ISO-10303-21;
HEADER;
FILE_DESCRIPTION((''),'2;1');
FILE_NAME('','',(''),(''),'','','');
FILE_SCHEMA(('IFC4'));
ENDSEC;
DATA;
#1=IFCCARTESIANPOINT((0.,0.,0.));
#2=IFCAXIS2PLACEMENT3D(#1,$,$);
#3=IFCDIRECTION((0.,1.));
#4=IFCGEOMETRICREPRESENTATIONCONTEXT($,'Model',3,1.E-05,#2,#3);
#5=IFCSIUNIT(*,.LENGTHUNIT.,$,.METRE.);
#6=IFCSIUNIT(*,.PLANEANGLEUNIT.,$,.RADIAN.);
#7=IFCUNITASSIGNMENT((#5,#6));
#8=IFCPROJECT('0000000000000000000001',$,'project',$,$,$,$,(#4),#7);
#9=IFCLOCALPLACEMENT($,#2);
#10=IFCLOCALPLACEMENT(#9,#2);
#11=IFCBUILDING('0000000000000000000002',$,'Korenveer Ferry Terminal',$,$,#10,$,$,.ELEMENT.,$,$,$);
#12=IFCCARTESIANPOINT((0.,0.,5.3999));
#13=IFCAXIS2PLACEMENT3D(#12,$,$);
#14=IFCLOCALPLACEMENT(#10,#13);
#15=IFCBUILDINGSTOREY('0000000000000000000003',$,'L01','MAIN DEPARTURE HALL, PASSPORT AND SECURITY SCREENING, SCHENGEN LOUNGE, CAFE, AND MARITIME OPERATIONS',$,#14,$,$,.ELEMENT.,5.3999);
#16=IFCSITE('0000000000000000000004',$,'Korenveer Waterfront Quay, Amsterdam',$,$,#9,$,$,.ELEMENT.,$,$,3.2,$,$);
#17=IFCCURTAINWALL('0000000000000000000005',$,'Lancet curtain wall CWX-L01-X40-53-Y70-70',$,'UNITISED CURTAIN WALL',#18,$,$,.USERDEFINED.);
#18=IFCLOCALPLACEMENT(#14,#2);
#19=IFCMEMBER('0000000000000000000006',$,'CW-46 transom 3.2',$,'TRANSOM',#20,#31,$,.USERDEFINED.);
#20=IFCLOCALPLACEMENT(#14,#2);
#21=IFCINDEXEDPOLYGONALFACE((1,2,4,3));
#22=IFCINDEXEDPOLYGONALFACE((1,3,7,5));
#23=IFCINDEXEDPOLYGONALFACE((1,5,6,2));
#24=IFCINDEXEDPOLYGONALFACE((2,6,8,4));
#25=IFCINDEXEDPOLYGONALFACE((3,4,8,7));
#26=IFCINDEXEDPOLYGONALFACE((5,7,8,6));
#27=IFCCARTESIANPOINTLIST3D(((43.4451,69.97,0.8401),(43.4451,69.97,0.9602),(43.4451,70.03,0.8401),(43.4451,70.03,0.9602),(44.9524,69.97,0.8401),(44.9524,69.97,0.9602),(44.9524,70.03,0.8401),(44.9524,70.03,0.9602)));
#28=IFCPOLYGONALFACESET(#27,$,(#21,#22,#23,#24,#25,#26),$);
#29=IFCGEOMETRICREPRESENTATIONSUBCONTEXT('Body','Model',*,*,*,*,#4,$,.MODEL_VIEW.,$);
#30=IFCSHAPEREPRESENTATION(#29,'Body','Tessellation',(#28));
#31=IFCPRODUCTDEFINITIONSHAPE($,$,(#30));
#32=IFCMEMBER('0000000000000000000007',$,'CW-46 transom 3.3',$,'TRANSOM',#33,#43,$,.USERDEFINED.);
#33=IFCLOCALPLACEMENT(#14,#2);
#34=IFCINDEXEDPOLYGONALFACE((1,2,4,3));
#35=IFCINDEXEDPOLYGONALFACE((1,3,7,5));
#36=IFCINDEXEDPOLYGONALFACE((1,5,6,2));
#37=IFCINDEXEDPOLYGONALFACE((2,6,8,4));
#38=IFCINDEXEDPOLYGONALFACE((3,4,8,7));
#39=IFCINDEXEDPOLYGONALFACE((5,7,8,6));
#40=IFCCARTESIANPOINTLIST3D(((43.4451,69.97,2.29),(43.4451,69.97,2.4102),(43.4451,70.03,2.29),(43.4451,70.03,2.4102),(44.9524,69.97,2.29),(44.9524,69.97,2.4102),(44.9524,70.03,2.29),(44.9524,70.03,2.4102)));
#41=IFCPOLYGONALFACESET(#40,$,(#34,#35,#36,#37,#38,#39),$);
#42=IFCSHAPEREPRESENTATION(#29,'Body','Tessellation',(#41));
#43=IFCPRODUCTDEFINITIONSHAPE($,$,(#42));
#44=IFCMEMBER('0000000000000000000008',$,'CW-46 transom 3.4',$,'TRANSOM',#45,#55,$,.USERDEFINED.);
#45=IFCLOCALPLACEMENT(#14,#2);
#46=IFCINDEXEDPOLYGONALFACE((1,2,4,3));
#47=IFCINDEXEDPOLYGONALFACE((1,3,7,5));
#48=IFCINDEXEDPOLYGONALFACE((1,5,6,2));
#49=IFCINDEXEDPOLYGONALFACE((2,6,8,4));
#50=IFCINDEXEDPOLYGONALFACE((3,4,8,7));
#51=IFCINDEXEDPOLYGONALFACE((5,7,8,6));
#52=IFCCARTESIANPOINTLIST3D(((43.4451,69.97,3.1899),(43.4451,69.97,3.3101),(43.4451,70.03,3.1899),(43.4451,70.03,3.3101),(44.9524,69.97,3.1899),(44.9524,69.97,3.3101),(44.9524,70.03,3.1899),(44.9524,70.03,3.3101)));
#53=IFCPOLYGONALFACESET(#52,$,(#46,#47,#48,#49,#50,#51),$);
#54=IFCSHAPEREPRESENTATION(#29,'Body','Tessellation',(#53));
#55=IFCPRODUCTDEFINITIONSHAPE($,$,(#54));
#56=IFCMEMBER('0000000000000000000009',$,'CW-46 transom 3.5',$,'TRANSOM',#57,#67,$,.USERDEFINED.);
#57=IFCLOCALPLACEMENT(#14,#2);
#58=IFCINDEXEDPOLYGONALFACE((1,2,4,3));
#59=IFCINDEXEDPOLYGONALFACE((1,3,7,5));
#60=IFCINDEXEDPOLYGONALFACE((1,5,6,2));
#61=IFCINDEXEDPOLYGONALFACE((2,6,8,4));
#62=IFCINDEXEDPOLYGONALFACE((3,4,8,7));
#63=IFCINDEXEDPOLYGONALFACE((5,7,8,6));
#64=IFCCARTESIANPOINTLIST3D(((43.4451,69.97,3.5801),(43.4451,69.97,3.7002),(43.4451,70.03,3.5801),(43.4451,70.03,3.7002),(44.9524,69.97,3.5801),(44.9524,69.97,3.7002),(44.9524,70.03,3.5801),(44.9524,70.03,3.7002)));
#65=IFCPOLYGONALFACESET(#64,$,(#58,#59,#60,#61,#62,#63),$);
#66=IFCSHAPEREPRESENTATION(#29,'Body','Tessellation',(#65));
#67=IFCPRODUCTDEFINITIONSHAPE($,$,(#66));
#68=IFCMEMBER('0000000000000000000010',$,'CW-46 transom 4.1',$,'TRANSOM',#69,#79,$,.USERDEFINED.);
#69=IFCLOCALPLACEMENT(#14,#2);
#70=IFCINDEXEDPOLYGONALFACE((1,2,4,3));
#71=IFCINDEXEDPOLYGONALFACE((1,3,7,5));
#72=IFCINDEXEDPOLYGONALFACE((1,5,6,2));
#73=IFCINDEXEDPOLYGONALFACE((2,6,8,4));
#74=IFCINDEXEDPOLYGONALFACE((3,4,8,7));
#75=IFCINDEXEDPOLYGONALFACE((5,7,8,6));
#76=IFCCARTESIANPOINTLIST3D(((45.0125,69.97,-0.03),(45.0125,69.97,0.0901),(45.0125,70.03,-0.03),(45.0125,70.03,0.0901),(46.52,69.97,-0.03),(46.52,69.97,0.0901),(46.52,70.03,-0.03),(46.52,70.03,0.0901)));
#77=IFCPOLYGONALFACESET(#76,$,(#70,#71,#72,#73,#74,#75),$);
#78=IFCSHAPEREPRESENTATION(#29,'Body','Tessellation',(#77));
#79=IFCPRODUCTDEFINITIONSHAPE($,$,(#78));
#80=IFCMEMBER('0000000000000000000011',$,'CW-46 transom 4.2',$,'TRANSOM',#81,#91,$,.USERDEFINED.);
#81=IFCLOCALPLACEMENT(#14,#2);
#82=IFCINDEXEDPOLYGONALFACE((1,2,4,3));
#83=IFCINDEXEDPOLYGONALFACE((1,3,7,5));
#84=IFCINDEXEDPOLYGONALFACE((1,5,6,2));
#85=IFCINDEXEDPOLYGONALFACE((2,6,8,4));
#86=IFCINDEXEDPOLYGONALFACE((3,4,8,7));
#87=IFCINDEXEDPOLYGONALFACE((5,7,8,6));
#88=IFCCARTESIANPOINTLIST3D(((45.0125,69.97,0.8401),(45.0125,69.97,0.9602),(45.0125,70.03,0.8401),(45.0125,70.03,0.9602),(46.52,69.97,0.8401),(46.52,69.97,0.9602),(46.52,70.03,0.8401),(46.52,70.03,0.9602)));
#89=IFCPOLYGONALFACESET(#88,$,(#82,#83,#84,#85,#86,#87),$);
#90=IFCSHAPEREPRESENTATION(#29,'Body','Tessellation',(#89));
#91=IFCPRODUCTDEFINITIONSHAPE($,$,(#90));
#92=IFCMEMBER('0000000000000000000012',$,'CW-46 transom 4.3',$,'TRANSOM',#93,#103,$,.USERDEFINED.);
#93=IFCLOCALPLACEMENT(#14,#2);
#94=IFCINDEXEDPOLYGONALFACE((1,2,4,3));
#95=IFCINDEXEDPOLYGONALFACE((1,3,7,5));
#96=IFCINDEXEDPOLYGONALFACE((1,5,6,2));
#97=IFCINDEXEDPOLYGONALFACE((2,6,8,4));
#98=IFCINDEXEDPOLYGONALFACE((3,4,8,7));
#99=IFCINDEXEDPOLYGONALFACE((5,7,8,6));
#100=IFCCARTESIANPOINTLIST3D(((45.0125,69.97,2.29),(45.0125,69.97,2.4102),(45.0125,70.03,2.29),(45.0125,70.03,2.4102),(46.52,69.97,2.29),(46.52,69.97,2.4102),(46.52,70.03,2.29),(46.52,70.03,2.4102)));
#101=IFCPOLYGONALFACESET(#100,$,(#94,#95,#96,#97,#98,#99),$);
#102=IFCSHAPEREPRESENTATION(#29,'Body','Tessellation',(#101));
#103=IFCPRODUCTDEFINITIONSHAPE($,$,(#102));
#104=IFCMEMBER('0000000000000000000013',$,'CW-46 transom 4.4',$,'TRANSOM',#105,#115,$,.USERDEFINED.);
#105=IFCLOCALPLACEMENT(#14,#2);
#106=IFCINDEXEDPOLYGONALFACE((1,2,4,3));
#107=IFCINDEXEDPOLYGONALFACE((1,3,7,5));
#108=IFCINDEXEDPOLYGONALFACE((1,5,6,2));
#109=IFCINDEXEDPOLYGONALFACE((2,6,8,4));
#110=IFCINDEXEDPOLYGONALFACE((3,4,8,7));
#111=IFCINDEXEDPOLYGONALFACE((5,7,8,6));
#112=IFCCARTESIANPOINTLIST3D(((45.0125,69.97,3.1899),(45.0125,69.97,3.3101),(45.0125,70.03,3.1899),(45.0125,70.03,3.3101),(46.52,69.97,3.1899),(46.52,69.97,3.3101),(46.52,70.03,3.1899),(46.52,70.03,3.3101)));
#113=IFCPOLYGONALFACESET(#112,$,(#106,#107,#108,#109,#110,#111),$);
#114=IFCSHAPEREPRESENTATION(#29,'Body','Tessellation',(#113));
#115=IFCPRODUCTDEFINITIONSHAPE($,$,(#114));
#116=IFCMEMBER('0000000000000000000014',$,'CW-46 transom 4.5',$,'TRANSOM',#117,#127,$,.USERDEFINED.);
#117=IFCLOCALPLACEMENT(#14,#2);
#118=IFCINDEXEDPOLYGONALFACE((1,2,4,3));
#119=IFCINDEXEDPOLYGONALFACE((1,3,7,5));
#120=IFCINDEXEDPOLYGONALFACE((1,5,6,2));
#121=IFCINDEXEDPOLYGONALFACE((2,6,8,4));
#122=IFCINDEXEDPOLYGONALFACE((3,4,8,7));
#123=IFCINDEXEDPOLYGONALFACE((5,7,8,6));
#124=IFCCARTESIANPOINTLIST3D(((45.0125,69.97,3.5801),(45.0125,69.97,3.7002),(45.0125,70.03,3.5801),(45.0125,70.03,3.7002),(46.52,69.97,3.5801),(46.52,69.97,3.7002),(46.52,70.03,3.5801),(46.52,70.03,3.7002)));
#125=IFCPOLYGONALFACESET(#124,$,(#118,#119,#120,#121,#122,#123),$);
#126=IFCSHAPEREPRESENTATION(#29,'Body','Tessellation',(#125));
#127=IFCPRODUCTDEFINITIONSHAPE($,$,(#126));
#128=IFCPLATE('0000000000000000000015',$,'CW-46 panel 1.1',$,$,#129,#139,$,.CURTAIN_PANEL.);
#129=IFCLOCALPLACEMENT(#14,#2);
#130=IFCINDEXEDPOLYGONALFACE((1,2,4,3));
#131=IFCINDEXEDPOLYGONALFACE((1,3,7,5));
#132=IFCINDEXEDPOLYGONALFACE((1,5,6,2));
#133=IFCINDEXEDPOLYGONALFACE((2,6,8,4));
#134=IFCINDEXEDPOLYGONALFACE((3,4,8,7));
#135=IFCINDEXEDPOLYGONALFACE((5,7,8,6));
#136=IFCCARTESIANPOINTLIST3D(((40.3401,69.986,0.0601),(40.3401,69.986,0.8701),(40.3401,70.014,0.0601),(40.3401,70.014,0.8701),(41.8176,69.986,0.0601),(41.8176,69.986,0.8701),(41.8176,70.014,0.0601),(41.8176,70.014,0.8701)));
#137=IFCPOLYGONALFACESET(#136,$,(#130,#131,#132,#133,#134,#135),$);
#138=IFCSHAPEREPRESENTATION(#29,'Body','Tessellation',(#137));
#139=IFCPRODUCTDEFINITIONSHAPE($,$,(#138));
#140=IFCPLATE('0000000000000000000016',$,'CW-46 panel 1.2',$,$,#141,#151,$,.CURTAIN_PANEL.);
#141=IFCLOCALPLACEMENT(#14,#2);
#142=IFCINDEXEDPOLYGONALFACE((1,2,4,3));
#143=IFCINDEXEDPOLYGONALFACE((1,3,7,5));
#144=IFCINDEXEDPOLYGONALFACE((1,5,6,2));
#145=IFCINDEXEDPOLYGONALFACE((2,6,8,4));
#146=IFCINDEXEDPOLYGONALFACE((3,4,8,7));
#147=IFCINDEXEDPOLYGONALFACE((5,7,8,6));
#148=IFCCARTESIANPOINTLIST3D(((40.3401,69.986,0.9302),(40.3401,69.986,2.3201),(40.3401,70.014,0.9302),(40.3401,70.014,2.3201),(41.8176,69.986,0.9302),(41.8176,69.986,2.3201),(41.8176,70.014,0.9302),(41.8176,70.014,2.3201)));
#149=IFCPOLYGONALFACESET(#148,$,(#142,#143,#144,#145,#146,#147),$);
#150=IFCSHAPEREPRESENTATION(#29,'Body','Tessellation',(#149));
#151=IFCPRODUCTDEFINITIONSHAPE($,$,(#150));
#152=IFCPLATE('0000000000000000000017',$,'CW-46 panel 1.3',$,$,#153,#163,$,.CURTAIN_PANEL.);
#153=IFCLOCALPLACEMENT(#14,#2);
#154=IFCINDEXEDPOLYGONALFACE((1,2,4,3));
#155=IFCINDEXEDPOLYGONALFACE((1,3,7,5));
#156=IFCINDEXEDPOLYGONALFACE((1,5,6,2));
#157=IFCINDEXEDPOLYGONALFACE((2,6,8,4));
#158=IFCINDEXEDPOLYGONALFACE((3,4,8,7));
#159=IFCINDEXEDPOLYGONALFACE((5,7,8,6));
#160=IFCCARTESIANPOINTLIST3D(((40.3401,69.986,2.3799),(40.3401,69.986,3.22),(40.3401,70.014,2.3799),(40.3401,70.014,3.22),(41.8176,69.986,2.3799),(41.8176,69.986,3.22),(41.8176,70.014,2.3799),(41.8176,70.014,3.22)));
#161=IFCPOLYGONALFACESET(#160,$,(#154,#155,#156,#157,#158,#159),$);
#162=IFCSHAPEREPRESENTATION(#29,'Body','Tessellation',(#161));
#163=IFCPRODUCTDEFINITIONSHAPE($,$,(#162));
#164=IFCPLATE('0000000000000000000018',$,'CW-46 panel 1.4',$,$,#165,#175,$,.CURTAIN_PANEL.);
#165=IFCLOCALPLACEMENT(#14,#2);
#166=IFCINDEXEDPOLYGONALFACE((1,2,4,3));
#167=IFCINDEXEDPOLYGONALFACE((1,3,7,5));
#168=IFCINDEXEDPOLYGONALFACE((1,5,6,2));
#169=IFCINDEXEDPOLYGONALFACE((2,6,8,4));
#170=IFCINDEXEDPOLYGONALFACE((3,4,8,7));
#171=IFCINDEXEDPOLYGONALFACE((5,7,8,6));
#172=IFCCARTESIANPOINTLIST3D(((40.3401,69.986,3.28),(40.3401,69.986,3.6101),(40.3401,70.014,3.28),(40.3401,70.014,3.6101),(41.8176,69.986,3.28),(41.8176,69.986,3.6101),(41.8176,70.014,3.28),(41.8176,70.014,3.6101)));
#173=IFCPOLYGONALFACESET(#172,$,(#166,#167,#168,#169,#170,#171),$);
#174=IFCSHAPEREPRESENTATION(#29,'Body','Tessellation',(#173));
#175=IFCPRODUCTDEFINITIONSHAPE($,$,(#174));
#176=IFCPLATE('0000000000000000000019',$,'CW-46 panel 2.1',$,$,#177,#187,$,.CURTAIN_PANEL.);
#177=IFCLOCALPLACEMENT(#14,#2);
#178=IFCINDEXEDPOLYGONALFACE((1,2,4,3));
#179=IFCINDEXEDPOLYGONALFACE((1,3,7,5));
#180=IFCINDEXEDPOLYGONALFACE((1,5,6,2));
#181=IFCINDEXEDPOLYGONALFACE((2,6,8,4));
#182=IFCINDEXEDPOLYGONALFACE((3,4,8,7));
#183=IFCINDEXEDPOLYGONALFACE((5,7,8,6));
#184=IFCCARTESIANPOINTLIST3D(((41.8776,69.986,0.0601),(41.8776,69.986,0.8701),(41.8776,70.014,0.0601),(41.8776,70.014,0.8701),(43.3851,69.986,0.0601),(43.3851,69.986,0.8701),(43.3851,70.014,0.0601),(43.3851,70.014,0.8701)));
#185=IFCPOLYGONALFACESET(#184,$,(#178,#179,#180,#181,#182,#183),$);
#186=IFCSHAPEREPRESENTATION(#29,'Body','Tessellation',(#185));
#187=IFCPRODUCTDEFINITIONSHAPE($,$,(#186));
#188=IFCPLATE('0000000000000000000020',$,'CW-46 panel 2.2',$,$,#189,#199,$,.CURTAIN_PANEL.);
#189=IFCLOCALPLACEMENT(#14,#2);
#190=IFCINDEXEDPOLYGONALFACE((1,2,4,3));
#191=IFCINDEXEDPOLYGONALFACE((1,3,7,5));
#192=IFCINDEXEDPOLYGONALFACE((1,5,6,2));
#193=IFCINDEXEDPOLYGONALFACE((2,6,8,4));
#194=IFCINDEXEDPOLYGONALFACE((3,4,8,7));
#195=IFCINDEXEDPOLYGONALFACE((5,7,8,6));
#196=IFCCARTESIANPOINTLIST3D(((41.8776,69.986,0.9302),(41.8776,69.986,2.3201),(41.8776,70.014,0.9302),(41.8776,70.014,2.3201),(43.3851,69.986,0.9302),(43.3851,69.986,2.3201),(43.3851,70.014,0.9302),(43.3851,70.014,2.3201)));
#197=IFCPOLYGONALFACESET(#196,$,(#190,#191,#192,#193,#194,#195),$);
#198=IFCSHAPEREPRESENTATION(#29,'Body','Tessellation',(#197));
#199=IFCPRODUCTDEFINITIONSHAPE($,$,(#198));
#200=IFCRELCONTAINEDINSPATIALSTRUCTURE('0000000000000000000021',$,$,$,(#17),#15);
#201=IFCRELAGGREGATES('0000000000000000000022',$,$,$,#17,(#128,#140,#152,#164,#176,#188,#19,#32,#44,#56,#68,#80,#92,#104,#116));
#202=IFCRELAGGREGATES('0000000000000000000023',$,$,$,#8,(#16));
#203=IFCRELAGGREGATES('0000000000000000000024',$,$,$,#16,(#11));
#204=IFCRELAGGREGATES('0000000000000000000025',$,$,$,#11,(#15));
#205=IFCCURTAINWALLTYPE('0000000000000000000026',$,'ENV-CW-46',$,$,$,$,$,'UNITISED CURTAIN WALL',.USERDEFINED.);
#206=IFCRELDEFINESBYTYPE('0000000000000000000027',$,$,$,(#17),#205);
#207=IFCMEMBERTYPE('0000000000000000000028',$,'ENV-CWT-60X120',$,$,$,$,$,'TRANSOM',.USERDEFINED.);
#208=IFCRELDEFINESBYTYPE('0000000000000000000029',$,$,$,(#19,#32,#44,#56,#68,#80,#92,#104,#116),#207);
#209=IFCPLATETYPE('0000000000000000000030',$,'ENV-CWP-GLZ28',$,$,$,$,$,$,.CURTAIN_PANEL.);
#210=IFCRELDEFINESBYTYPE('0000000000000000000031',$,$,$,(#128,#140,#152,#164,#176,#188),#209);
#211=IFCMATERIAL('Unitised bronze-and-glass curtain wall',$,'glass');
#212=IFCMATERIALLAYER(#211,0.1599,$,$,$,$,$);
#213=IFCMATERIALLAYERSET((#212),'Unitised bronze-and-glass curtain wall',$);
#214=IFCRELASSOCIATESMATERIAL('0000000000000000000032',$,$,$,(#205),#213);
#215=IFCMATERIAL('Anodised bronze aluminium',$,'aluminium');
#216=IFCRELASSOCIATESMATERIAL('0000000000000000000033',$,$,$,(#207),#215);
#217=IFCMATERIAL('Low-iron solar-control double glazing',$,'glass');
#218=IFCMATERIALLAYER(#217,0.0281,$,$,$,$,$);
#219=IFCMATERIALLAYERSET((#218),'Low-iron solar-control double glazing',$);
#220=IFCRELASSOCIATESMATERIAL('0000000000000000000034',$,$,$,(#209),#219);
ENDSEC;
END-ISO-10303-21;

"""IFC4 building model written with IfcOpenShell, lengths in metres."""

from ifc_helpers import new_model, si_unit, direction, frame, origin, origin_2d, place, context, subcontext, project, spatial, rectangle, extrude, material, layer, layer_set, material_profile, profile_set, type_object, element, aggregate, save


model = new_model("IFC4")

# Units and contexts
model_context = context("Model", 3, precision=1e-05, world=origin(), true_north=direction((0.0, 1.0)))
body_context = subcontext(model_context, "Body", "Model", "MODEL_VIEW")
ifc_project = project(units=[si_unit("LENGTHUNIT", "METRE"), si_unit("PLANEANGLEUNIT", "RADIAN")], contexts=[model_context])

# Site, building, storey
site_placement = place(None, origin())
site = spatial("IfcSite", under=ifc_project, at=site_placement, Name="Korenveer Waterfront Quay, Amsterdam", CompositionType="ELEMENT", RefElevation=3.2)
building_placement = place(site_placement, origin())
building = spatial("IfcBuilding", under=site, at=building_placement, Name="Korenveer Ferry Terminal", CompositionType="ELEMENT")
storey_placement = place(building_placement, frame((0.0, 0.0, 5.3999)))
storey = spatial("IfcBuildingStorey", under=building, at=storey_placement, Name="L01", Description="MAIN DEPARTURE HALL, PASSPORT AND SECURITY SCREENING, SCHENGEN LOUNGE, CAFE, AND MARITIME OPERATIONS", CompositionType="ELEMENT", Elevation=5.3999)

# Curtain wall, members, plates
ifc_material_1 = material(Name="Unitised bronze-and-glass curtain wall", Category="glass")
ifc_layer_1 = layer(ifc_material_1, 0.1599)
ifc_layer_set_1 = layer_set([ifc_layer_1], Name="Unitised bronze-and-glass curtain wall")
curtain_wall_type = type_object("IfcCurtainWallType", Name="ENV-CW-46", ElementType="UNITISED CURTAIN WALL", PredefinedType="USERDEFINED", material=ifc_layer_set_1)
curtain_wall_placement = place(storey_placement, frame((40.28, 70.0, 0.0)))
curtain_wall = element("IfcCurtainWall", 1, at=curtain_wall_placement, inside=storey, type_object=curtain_wall_type, Name="Lancet curtain wall CWX-L01-X40-53-Y70-70", ObjectType="UNITISED CURTAIN WALL", PredefinedType="USERDEFINED")
ifc_material_2 = material(Name="Anodised bronze aluminium", Category="aluminium")
ifc_material_profile_1 = material_profile(ifc_material_2, rectangle(XDim=0.0601, YDim=0.1201, at=origin_2d()), Name="ALU 60x120")
ifc_profile_set_1 = profile_set([ifc_material_profile_1], Name="Anodised bronze aluminium")
member_type_1 = type_object("IfcMemberType", Name="ENV-CWT-60X120", ElementType="TRANSOM", PredefinedType="USERDEFINED", material=ifc_profile_set_1)
member_1_placement = place(storey_placement, frame((43.4451, 70.0, 0.9001), z_axis=(1.0, 0.0, 0.0), x_axis=(0.0, 1.0, 0.0)))
member_1 = element("IfcMember", 2, at=member_1_placement, type_object=member_type_1, Name="CW-46 transom 3.2", ObjectType="TRANSOM", PredefinedType="USERDEFINED", context=body_context, shape_type="SweptSolid", body=[
    extrude(rectangle(XDim=0.0601, YDim=0.1201, at=origin_2d()), origin(), (0.0, 0.0, 1.0), 1.5073),
])
member_2_placement = place(storey_placement, frame((43.4451, 70.0, 2.3501), z_axis=(1.0, 0.0, 0.0), x_axis=(0.0, 1.0, 0.0)))
member_2 = element("IfcMember", 3, at=member_2_placement, type_object=member_type_1, Name="CW-46 transom 3.3", ObjectType="TRANSOM", PredefinedType="USERDEFINED", context=body_context, shape_type="SweptSolid", body=[
    extrude(rectangle(XDim=0.0601, YDim=0.1201, at=origin_2d()), origin(), (0.0, 0.0, 1.0), 1.5073),
])
member_3_placement = place(storey_placement, frame((43.4451, 70.0, 3.25), z_axis=(1.0, 0.0, 0.0), x_axis=(0.0, 1.0, 0.0)))
member_3 = element("IfcMember", 4, at=member_3_placement, type_object=member_type_1, Name="CW-46 transom 3.4", ObjectType="TRANSOM", PredefinedType="USERDEFINED", context=body_context, shape_type="SweptSolid", body=[
    extrude(rectangle(XDim=0.0601, YDim=0.1201, at=origin_2d()), origin(), (0.0, 0.0, 1.0), 1.5073),
])
member_4_placement = place(storey_placement, frame((43.4451, 70.0, 3.6401), z_axis=(1.0, 0.0, 0.0), x_axis=(0.0, 1.0, 0.0)))
member_4 = element("IfcMember", 5, at=member_4_placement, type_object=member_type_1, Name="CW-46 transom 3.5", ObjectType="TRANSOM", PredefinedType="USERDEFINED", context=body_context, shape_type="SweptSolid", body=[
    extrude(rectangle(XDim=0.0601, YDim=0.1201, at=origin_2d()), origin(), (0.0, 0.0, 1.0), 1.5073),
])
member_5_placement = place(storey_placement, frame((45.0125, 70.0, 0.03), z_axis=(1.0, 0.0, 0.0), x_axis=(0.0, 1.0, 0.0)))
member_5 = element("IfcMember", 6, at=member_5_placement, type_object=member_type_1, Name="CW-46 transom 4.1", ObjectType="TRANSOM", PredefinedType="USERDEFINED", context=body_context, shape_type="SweptSolid", body=[
    extrude(rectangle(XDim=0.0601, YDim=0.1201, at=origin_2d()), origin(), (0.0, 0.0, 1.0), 1.5076),
])
member_6_placement = place(storey_placement, frame((45.0125, 70.0, 0.9001), z_axis=(1.0, 0.0, 0.0), x_axis=(0.0, 1.0, 0.0)))
member_6 = element("IfcMember", 7, at=member_6_placement, type_object=member_type_1, Name="CW-46 transom 4.2", ObjectType="TRANSOM", PredefinedType="USERDEFINED", context=body_context, shape_type="SweptSolid", body=[
    extrude(rectangle(XDim=0.0601, YDim=0.1201, at=origin_2d()), origin(), (0.0, 0.0, 1.0), 1.5076),
])
member_7_placement = place(storey_placement, frame((45.0125, 70.0, 2.3501), z_axis=(1.0, 0.0, 0.0), x_axis=(0.0, 1.0, 0.0)))
member_7 = element("IfcMember", 8, at=member_7_placement, type_object=member_type_1, Name="CW-46 transom 4.3", ObjectType="TRANSOM", PredefinedType="USERDEFINED", context=body_context, shape_type="SweptSolid", body=[
    extrude(rectangle(XDim=0.0601, YDim=0.1201, at=origin_2d()), origin(), (0.0, 0.0, 1.0), 1.5076),
])
member_8_placement = place(storey_placement, frame((45.0125, 70.0, 3.25), z_axis=(1.0, 0.0, 0.0), x_axis=(0.0, 1.0, 0.0)))
member_8 = element("IfcMember", 9, at=member_8_placement, type_object=member_type_1, Name="CW-46 transom 4.4", ObjectType="TRANSOM", PredefinedType="USERDEFINED", context=body_context, shape_type="SweptSolid", body=[
    extrude(rectangle(XDim=0.0601, YDim=0.1201, at=origin_2d()), origin(), (0.0, 0.0, 1.0), 1.5076),
])
member_9_placement = place(storey_placement, frame((45.0125, 70.0, 3.6401), z_axis=(1.0, 0.0, 0.0), x_axis=(0.0, 1.0, 0.0)))
member_9 = element("IfcMember", 10, at=member_9_placement, type_object=member_type_1, Name="CW-46 transom 4.5", ObjectType="TRANSOM", PredefinedType="USERDEFINED", context=body_context, shape_type="SweptSolid", body=[
    extrude(rectangle(XDim=0.0601, YDim=0.1201, at=origin_2d()), origin(), (0.0, 0.0, 1.0), 1.5076),
])
ifc_material_3 = material(Name="Low-iron solar-control double glazing", Category="glass")
ifc_layer_2 = layer(ifc_material_3, 0.0281)
ifc_layer_set_2 = layer_set([ifc_layer_2], Name="Low-iron solar-control double glazing")
plate_type = type_object("IfcPlateType", Name="ENV-CWP-GLZ28", PredefinedType="CURTAIN_PANEL", material=ifc_layer_set_2)
plate_1_placement = place(storey_placement, frame((41.0789, 70.0, 0.0601), z_axis=(0.0, 0.0, 1.0), x_axis=(1.0, 0.0, 0.0)))
plate_1 = element("IfcPlate", 11, at=plate_1_placement, type_object=plate_type, Name="CW-46 panel 1.1", PredefinedType="CURTAIN_PANEL", context=body_context, shape_type="SweptSolid", body=[
    extrude(rectangle(XDim=1.4775, YDim=0.0281, at=origin_2d()), origin(), (0.0, 0.0, 1.0), 0.8101),
])
plate_2_placement = place(storey_placement, frame((41.0789, 70.0, 0.9302), z_axis=(0.0, 0.0, 1.0), x_axis=(1.0, 0.0, 0.0)))
plate_2 = element("IfcPlate", 12, at=plate_2_placement, type_object=plate_type, Name="CW-46 panel 1.2", PredefinedType="CURTAIN_PANEL", context=body_context, shape_type="SweptSolid", body=[
    extrude(rectangle(XDim=1.4775, YDim=0.0281, at=origin_2d()), origin(), (0.0, 0.0, 1.0), 1.3899),
])
plate_3_placement = place(storey_placement, frame((41.0789, 70.0, 2.3799), z_axis=(0.0, 0.0, 1.0), x_axis=(1.0, 0.0, 0.0)))
plate_3 = element("IfcPlate", 13, at=plate_3_placement, type_object=plate_type, Name="CW-46 panel 1.3", PredefinedType="CURTAIN_PANEL", context=body_context, shape_type="SweptSolid", body=[
    extrude(rectangle(XDim=1.4775, YDim=0.0281, at=origin_2d()), origin(), (0.0, 0.0, 1.0), 0.8401),
])
plate_4_placement = place(storey_placement, frame((41.0789, 70.0, 3.28), z_axis=(0.0, 0.0, 1.0), x_axis=(1.0, 0.0, 0.0)))
plate_4 = element("IfcPlate", 14, at=plate_4_placement, type_object=plate_type, Name="CW-46 panel 1.4", PredefinedType="CURTAIN_PANEL", context=body_context, shape_type="SweptSolid", body=[
    extrude(rectangle(XDim=1.4775, YDim=0.0281, at=origin_2d()), origin(), (0.0, 0.0, 1.0), 0.3301),
])
plate_5_placement = place(storey_placement, frame((42.6313, 70.0, 0.0601), z_axis=(0.0, 0.0, 1.0), x_axis=(1.0, 0.0, 0.0)))
plate_5 = element("IfcPlate", 15, at=plate_5_placement, type_object=plate_type, Name="CW-46 panel 2.1", PredefinedType="CURTAIN_PANEL", context=body_context, shape_type="SweptSolid", body=[
    extrude(rectangle(XDim=1.5076, YDim=0.0281, at=origin_2d()), origin(), (0.0, 0.0, 1.0), 0.8101),
])
plate_6_placement = place(storey_placement, frame((42.6313, 70.0, 0.9302), z_axis=(0.0, 0.0, 1.0), x_axis=(1.0, 0.0, 0.0)))
plate_6 = element("IfcPlate", 16, at=plate_6_placement, type_object=plate_type, Name="CW-46 panel 2.2", PredefinedType="CURTAIN_PANEL", context=body_context, shape_type="SweptSolid", body=[
    extrude(rectangle(XDim=1.5076, YDim=0.0281, at=origin_2d()), origin(), (0.0, 0.0, 1.0), 1.3899),
])
aggregate(curtain_wall, [plate_1, plate_2, plate_3, plate_4, plate_5, plate_6, member_1, member_2, member_3, member_4, member_5, member_6, member_7, member_8, member_9])

save(model, "model.ifc")
